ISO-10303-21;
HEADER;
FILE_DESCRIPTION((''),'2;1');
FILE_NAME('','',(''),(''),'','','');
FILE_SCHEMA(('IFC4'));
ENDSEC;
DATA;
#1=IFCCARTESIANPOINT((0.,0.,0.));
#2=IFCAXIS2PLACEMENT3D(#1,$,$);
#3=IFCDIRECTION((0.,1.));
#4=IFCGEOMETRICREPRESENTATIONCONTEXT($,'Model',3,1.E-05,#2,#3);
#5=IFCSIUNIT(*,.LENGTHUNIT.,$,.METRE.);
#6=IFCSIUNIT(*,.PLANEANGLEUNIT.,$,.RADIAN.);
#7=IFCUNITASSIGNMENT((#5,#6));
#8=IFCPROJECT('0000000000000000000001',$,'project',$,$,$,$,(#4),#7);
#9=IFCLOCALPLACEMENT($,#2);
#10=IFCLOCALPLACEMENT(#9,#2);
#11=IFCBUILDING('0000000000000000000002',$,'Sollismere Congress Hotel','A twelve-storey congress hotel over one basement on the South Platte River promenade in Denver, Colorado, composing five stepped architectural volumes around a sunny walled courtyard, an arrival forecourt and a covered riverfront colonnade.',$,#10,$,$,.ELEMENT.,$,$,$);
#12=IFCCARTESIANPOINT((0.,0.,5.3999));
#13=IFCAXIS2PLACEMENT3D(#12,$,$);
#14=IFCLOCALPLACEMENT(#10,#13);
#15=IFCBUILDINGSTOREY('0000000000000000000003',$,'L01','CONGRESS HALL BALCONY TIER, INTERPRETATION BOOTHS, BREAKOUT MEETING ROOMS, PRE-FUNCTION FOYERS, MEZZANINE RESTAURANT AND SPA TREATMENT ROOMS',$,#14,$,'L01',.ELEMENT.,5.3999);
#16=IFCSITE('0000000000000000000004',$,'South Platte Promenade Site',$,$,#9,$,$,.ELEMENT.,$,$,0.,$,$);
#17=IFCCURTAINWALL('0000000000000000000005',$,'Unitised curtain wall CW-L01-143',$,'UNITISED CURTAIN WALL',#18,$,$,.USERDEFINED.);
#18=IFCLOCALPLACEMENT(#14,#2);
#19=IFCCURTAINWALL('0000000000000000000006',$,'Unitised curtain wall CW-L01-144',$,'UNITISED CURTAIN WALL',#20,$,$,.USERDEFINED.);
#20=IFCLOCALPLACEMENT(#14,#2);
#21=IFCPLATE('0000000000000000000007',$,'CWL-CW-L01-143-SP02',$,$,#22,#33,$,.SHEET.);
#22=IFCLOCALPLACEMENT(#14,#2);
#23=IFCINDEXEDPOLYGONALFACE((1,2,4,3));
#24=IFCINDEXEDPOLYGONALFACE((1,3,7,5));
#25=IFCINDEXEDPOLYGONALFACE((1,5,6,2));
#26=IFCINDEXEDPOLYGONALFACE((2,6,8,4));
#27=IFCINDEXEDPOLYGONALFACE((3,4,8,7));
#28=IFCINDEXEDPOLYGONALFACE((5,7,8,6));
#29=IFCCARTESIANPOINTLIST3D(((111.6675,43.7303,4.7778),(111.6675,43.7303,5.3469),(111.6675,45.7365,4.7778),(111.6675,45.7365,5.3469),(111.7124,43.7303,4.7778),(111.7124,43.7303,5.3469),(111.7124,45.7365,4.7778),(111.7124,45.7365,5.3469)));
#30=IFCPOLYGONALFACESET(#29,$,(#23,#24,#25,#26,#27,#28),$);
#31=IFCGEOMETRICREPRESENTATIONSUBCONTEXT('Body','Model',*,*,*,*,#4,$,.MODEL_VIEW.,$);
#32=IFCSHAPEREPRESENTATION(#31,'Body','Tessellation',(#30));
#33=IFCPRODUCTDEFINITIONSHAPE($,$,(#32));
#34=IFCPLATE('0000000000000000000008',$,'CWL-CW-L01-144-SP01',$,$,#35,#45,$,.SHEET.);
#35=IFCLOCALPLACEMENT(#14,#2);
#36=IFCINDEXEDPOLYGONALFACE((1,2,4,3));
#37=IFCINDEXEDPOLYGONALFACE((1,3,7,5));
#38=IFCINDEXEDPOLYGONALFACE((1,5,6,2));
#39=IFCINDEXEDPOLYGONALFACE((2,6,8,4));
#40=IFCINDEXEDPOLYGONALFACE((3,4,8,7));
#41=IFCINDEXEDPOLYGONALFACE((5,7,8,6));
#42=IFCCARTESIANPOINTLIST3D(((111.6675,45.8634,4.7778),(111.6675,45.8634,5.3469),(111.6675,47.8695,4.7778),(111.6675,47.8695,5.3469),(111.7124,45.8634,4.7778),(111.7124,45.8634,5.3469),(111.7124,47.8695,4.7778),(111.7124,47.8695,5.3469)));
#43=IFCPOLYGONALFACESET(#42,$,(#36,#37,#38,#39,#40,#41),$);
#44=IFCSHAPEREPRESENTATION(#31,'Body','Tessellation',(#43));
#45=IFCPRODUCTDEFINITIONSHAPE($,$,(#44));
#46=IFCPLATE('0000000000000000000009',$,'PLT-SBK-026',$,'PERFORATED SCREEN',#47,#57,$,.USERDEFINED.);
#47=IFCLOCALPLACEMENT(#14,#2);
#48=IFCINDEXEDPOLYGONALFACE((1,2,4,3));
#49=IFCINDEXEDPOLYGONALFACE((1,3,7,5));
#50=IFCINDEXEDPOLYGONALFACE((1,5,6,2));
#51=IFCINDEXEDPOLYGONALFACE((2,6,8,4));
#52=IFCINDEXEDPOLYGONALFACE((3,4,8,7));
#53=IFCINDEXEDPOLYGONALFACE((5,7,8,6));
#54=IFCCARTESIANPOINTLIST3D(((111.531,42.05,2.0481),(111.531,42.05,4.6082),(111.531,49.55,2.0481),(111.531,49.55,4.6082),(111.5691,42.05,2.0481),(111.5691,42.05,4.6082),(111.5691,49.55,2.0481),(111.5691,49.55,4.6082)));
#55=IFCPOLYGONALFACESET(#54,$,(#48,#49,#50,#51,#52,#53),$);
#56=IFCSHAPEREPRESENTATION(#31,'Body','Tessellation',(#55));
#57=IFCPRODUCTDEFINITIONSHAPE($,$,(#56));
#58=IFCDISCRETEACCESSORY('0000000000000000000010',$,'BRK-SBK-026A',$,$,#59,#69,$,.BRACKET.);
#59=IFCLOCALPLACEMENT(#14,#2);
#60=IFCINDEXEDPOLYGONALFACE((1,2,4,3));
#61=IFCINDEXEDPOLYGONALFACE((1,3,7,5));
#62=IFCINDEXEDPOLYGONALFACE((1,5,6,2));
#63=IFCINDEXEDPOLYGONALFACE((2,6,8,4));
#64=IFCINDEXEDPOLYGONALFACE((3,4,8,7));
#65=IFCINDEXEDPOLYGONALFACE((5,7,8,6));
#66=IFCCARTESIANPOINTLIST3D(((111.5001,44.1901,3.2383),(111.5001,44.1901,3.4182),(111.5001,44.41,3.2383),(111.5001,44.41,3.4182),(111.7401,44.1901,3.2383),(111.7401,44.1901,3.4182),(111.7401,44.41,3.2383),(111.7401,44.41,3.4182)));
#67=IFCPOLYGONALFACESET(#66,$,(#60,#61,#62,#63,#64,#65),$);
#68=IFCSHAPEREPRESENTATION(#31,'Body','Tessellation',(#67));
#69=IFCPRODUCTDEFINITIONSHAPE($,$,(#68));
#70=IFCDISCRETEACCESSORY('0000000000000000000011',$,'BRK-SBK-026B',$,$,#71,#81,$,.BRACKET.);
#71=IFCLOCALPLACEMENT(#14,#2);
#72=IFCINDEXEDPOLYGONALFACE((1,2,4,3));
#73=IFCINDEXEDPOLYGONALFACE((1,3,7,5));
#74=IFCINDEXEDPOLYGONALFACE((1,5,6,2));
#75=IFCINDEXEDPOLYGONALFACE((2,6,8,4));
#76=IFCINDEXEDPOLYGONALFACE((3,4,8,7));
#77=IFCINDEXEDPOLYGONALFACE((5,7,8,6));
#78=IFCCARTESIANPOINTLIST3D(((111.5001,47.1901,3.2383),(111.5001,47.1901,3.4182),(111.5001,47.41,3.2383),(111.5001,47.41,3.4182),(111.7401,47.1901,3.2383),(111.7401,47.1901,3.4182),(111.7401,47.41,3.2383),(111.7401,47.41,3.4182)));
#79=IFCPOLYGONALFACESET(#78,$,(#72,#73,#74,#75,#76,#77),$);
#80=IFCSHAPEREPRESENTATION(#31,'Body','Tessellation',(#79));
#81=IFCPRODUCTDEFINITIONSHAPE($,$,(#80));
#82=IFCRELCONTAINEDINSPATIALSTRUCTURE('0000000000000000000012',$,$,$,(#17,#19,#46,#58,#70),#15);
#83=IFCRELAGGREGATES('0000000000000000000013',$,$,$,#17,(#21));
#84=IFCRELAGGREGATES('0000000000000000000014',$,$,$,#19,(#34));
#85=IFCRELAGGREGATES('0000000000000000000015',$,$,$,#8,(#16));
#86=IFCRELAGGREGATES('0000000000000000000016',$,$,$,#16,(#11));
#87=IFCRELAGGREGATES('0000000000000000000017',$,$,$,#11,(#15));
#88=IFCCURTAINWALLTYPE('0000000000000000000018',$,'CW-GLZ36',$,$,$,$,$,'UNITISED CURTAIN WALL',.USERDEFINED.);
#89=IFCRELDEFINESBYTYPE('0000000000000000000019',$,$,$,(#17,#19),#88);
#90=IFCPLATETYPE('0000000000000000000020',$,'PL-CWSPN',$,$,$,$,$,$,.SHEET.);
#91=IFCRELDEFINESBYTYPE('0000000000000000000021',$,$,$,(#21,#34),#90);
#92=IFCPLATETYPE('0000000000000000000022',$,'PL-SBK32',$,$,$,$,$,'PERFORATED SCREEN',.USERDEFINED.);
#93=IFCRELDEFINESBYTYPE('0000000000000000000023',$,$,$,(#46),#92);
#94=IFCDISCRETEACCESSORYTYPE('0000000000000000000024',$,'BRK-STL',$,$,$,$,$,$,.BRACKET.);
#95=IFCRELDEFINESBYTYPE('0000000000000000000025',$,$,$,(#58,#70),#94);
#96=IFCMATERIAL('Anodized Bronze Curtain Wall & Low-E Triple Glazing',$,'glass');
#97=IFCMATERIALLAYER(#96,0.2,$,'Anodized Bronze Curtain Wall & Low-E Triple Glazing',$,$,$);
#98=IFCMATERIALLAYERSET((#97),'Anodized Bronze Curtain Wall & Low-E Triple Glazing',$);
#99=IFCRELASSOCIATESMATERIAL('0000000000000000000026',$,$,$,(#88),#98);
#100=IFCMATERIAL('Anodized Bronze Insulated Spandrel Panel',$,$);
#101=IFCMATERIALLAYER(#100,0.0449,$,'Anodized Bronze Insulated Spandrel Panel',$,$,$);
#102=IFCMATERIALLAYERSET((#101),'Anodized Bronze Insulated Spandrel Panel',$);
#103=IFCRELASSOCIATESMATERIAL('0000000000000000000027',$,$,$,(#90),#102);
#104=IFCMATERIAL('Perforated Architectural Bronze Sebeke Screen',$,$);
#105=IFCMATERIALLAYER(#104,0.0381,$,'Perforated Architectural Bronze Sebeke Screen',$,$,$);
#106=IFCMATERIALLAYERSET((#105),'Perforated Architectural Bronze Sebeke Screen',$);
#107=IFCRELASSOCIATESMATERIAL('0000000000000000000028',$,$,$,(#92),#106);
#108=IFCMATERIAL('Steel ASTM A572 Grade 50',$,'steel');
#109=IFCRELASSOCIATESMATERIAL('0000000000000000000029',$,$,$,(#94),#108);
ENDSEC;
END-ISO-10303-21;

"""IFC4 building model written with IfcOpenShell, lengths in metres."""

from ifc_helpers import new_model, si_unit, direction, frame, origin, origin_2d, place, context, subcontext, project, spatial, rectangle, extrude, material, layer, layer_set, type_object, element, aggregate, save


model = new_model("IFC4")

# Units and contexts
model_context = context("Model", 3, precision=1e-05, world=origin(), true_north=direction((0.0, 1.0)))
body_context = subcontext(model_context, "Body", "Model", "MODEL_VIEW")
ifc_project = project(units=[si_unit("LENGTHUNIT", "METRE"), si_unit("PLANEANGLEUNIT", "RADIAN")], contexts=[model_context])

# Site, building, storey
site_placement = place(None, origin())
site = spatial("IfcSite", under=ifc_project, at=site_placement, Name="South Platte Promenade Site", CompositionType="ELEMENT", RefElevation=0.0)
building_placement = place(site_placement, origin())
building = spatial("IfcBuilding", under=site, at=building_placement, Name="Sollismere Congress Hotel", Description="A twelve-storey congress hotel over one basement on the South Platte River promenade in Denver, Colorado, composing five stepped architectural volumes around a sunny walled courtyard, an arrival forecourt and a covered riverfront colonnade.", CompositionType="ELEMENT")
storey_placement = place(building_placement, frame((0.0, 0.0, 5.3999)))
storey = spatial("IfcBuildingStorey", under=building, at=storey_placement, Name="L01", Description="CONGRESS HALL BALCONY TIER, INTERPRETATION BOOTHS, BREAKOUT MEETING ROOMS, PRE-FUNCTION FOYERS, MEZZANINE RESTAURANT AND SPA TREATMENT ROOMS", LongName="L01", CompositionType="ELEMENT", Elevation=5.3999)

# Shared definitions
ifc_material_1 = material(Name="Anodized Bronze Curtain Wall & Low-E Triple Glazing", Category="glass")
ifc_layer_1 = layer(ifc_material_1, 0.2, Name="Anodized Bronze Curtain Wall & Low-E Triple Glazing")
ifc_layer_set_1 = layer_set([ifc_layer_1], Name="Anodized Bronze Curtain Wall & Low-E Triple Glazing")
curtain_wall_type = type_object("IfcCurtainWallType", Name="CW-GLZ36", ElementType="UNITISED CURTAIN WALL", PredefinedType="USERDEFINED", material=ifc_layer_set_1)

# Curtain walls
curtain_wall_1_placement = place(storey_placement, origin())
curtain_wall_1 = element("IfcCurtainWall", 1, at=curtain_wall_1_placement, inside=storey, type_object=curtain_wall_type, Name="Unitised curtain wall CW-L01-143", ObjectType="UNITISED CURTAIN WALL", PredefinedType="USERDEFINED")
curtain_wall_2_placement = place(storey_placement, origin())
curtain_wall_2 = element("IfcCurtainWall", 2, at=curtain_wall_2_placement, inside=storey, type_object=curtain_wall_type, Name="Unitised curtain wall CW-L01-144", ObjectType="UNITISED CURTAIN WALL", PredefinedType="USERDEFINED")

# Plates
ifc_material_2 = material(Name="Anodized Bronze Insulated Spandrel Panel")
ifc_layer_2 = layer(ifc_material_2, 0.0449, Name="Anodized Bronze Insulated Spandrel Panel")
ifc_layer_set_2 = layer_set([ifc_layer_2], Name="Anodized Bronze Insulated Spandrel Panel")
plate_type_1 = type_object("IfcPlateType", Name="PL-CWSPN", PredefinedType="SHEET", material=ifc_layer_set_2)
plate_1_placement = place(storey_placement, frame((111.6899, 44.7334, 4.7778), z_axis=(0.0, 0.0, 1.0), x_axis=(0.0, 1.0, 0.0)))
plate_1 = element("IfcPlate", 3, at=plate_1_placement, type_object=plate_type_1, Name="CWL-CW-L01-143-SP02", PredefinedType="SHEET", context=body_context, shape_type="SweptSolid", body=[
    extrude(rectangle(XDim=2.0061, YDim=0.0449, at=origin_2d()), origin(), (0.0, 0.0, 1.0), 0.5691),
])
aggregate(curtain_wall_1, [plate_1])
plate_2_placement = place(storey_placement, frame((111.6899, 46.8665, 4.7778), z_axis=(0.0, 0.0, 1.0), x_axis=(0.0, 1.0, 0.0)))
plate_2 = element("IfcPlate", 4, at=plate_2_placement, type_object=plate_type_1, Name="CWL-CW-L01-144-SP01", PredefinedType="SHEET", context=body_context, shape_type="SweptSolid", body=[
    extrude(rectangle(XDim=2.0061, YDim=0.0449, at=origin_2d()), origin(), (0.0, 0.0, 1.0), 0.5691),
])
aggregate(curtain_wall_2, [plate_2])
ifc_material_3 = material(Name="Perforated Architectural Bronze Sebeke Screen")
ifc_layer_3 = layer(ifc_material_3, 0.0381, Name="Perforated Architectural Bronze Sebeke Screen")
ifc_layer_set_3 = layer_set([ifc_layer_3], Name="Perforated Architectural Bronze Sebeke Screen")
plate_type_2 = type_object("IfcPlateType", Name="PL-SBK32", ElementType="PERFORATED SCREEN", PredefinedType="USERDEFINED", material=ifc_layer_set_3)
plate_3_placement = place(storey_placement, frame((111.55, 45.8, 2.0481), z_axis=(0.0, 0.0, 1.0), x_axis=(0.0, 1.0, 0.0)))
element("IfcPlate", 5, at=plate_3_placement, inside=storey, type_object=plate_type_2, Name="PLT-SBK-026", ObjectType="PERFORATED SCREEN", PredefinedType="USERDEFINED", context=body_context, shape_type="SweptSolid", body=[
    extrude(rectangle(XDim=7.5, YDim=0.0381, at=origin_2d()), origin(), (0.0, 0.0, 1.0), 2.5601),
])

# Discrete accessories
ifc_material_4 = material(Name="Steel ASTM A572 Grade 50", Category="steel")
discrete_accessory_type = type_object("IfcDiscreteAccessoryType", Name="BRK-STL", PredefinedType="BRACKET", material=ifc_material_4)
for number, where, z_axis, x_axis, name in (
    (6, (111.6201, 44.3, 3.2383), (0.0, 0.0, 1.0), (0.0, 1.0, 0.0), "BRK-SBK-026A"),
    (7, (111.6201, 47.3, 3.2383), (0.0, 0.0, 1.0), (0.0, 1.0, 0.0), "BRK-SBK-026B"),
):
    element("IfcDiscreteAccessory", number, at=place(storey_placement, frame(where, z_axis=z_axis, x_axis=x_axis)), inside=storey, type_object=discrete_accessory_type, Name=name, PredefinedType="BRACKET", context=body_context, shape_type="SweptSolid", body=[
        extrude(rectangle(XDim=0.22, YDim=0.24, at=origin_2d()), origin(), (0.0, 0.0, 1.0), 0.1799),
    ])

save(model, "model.ifc")
